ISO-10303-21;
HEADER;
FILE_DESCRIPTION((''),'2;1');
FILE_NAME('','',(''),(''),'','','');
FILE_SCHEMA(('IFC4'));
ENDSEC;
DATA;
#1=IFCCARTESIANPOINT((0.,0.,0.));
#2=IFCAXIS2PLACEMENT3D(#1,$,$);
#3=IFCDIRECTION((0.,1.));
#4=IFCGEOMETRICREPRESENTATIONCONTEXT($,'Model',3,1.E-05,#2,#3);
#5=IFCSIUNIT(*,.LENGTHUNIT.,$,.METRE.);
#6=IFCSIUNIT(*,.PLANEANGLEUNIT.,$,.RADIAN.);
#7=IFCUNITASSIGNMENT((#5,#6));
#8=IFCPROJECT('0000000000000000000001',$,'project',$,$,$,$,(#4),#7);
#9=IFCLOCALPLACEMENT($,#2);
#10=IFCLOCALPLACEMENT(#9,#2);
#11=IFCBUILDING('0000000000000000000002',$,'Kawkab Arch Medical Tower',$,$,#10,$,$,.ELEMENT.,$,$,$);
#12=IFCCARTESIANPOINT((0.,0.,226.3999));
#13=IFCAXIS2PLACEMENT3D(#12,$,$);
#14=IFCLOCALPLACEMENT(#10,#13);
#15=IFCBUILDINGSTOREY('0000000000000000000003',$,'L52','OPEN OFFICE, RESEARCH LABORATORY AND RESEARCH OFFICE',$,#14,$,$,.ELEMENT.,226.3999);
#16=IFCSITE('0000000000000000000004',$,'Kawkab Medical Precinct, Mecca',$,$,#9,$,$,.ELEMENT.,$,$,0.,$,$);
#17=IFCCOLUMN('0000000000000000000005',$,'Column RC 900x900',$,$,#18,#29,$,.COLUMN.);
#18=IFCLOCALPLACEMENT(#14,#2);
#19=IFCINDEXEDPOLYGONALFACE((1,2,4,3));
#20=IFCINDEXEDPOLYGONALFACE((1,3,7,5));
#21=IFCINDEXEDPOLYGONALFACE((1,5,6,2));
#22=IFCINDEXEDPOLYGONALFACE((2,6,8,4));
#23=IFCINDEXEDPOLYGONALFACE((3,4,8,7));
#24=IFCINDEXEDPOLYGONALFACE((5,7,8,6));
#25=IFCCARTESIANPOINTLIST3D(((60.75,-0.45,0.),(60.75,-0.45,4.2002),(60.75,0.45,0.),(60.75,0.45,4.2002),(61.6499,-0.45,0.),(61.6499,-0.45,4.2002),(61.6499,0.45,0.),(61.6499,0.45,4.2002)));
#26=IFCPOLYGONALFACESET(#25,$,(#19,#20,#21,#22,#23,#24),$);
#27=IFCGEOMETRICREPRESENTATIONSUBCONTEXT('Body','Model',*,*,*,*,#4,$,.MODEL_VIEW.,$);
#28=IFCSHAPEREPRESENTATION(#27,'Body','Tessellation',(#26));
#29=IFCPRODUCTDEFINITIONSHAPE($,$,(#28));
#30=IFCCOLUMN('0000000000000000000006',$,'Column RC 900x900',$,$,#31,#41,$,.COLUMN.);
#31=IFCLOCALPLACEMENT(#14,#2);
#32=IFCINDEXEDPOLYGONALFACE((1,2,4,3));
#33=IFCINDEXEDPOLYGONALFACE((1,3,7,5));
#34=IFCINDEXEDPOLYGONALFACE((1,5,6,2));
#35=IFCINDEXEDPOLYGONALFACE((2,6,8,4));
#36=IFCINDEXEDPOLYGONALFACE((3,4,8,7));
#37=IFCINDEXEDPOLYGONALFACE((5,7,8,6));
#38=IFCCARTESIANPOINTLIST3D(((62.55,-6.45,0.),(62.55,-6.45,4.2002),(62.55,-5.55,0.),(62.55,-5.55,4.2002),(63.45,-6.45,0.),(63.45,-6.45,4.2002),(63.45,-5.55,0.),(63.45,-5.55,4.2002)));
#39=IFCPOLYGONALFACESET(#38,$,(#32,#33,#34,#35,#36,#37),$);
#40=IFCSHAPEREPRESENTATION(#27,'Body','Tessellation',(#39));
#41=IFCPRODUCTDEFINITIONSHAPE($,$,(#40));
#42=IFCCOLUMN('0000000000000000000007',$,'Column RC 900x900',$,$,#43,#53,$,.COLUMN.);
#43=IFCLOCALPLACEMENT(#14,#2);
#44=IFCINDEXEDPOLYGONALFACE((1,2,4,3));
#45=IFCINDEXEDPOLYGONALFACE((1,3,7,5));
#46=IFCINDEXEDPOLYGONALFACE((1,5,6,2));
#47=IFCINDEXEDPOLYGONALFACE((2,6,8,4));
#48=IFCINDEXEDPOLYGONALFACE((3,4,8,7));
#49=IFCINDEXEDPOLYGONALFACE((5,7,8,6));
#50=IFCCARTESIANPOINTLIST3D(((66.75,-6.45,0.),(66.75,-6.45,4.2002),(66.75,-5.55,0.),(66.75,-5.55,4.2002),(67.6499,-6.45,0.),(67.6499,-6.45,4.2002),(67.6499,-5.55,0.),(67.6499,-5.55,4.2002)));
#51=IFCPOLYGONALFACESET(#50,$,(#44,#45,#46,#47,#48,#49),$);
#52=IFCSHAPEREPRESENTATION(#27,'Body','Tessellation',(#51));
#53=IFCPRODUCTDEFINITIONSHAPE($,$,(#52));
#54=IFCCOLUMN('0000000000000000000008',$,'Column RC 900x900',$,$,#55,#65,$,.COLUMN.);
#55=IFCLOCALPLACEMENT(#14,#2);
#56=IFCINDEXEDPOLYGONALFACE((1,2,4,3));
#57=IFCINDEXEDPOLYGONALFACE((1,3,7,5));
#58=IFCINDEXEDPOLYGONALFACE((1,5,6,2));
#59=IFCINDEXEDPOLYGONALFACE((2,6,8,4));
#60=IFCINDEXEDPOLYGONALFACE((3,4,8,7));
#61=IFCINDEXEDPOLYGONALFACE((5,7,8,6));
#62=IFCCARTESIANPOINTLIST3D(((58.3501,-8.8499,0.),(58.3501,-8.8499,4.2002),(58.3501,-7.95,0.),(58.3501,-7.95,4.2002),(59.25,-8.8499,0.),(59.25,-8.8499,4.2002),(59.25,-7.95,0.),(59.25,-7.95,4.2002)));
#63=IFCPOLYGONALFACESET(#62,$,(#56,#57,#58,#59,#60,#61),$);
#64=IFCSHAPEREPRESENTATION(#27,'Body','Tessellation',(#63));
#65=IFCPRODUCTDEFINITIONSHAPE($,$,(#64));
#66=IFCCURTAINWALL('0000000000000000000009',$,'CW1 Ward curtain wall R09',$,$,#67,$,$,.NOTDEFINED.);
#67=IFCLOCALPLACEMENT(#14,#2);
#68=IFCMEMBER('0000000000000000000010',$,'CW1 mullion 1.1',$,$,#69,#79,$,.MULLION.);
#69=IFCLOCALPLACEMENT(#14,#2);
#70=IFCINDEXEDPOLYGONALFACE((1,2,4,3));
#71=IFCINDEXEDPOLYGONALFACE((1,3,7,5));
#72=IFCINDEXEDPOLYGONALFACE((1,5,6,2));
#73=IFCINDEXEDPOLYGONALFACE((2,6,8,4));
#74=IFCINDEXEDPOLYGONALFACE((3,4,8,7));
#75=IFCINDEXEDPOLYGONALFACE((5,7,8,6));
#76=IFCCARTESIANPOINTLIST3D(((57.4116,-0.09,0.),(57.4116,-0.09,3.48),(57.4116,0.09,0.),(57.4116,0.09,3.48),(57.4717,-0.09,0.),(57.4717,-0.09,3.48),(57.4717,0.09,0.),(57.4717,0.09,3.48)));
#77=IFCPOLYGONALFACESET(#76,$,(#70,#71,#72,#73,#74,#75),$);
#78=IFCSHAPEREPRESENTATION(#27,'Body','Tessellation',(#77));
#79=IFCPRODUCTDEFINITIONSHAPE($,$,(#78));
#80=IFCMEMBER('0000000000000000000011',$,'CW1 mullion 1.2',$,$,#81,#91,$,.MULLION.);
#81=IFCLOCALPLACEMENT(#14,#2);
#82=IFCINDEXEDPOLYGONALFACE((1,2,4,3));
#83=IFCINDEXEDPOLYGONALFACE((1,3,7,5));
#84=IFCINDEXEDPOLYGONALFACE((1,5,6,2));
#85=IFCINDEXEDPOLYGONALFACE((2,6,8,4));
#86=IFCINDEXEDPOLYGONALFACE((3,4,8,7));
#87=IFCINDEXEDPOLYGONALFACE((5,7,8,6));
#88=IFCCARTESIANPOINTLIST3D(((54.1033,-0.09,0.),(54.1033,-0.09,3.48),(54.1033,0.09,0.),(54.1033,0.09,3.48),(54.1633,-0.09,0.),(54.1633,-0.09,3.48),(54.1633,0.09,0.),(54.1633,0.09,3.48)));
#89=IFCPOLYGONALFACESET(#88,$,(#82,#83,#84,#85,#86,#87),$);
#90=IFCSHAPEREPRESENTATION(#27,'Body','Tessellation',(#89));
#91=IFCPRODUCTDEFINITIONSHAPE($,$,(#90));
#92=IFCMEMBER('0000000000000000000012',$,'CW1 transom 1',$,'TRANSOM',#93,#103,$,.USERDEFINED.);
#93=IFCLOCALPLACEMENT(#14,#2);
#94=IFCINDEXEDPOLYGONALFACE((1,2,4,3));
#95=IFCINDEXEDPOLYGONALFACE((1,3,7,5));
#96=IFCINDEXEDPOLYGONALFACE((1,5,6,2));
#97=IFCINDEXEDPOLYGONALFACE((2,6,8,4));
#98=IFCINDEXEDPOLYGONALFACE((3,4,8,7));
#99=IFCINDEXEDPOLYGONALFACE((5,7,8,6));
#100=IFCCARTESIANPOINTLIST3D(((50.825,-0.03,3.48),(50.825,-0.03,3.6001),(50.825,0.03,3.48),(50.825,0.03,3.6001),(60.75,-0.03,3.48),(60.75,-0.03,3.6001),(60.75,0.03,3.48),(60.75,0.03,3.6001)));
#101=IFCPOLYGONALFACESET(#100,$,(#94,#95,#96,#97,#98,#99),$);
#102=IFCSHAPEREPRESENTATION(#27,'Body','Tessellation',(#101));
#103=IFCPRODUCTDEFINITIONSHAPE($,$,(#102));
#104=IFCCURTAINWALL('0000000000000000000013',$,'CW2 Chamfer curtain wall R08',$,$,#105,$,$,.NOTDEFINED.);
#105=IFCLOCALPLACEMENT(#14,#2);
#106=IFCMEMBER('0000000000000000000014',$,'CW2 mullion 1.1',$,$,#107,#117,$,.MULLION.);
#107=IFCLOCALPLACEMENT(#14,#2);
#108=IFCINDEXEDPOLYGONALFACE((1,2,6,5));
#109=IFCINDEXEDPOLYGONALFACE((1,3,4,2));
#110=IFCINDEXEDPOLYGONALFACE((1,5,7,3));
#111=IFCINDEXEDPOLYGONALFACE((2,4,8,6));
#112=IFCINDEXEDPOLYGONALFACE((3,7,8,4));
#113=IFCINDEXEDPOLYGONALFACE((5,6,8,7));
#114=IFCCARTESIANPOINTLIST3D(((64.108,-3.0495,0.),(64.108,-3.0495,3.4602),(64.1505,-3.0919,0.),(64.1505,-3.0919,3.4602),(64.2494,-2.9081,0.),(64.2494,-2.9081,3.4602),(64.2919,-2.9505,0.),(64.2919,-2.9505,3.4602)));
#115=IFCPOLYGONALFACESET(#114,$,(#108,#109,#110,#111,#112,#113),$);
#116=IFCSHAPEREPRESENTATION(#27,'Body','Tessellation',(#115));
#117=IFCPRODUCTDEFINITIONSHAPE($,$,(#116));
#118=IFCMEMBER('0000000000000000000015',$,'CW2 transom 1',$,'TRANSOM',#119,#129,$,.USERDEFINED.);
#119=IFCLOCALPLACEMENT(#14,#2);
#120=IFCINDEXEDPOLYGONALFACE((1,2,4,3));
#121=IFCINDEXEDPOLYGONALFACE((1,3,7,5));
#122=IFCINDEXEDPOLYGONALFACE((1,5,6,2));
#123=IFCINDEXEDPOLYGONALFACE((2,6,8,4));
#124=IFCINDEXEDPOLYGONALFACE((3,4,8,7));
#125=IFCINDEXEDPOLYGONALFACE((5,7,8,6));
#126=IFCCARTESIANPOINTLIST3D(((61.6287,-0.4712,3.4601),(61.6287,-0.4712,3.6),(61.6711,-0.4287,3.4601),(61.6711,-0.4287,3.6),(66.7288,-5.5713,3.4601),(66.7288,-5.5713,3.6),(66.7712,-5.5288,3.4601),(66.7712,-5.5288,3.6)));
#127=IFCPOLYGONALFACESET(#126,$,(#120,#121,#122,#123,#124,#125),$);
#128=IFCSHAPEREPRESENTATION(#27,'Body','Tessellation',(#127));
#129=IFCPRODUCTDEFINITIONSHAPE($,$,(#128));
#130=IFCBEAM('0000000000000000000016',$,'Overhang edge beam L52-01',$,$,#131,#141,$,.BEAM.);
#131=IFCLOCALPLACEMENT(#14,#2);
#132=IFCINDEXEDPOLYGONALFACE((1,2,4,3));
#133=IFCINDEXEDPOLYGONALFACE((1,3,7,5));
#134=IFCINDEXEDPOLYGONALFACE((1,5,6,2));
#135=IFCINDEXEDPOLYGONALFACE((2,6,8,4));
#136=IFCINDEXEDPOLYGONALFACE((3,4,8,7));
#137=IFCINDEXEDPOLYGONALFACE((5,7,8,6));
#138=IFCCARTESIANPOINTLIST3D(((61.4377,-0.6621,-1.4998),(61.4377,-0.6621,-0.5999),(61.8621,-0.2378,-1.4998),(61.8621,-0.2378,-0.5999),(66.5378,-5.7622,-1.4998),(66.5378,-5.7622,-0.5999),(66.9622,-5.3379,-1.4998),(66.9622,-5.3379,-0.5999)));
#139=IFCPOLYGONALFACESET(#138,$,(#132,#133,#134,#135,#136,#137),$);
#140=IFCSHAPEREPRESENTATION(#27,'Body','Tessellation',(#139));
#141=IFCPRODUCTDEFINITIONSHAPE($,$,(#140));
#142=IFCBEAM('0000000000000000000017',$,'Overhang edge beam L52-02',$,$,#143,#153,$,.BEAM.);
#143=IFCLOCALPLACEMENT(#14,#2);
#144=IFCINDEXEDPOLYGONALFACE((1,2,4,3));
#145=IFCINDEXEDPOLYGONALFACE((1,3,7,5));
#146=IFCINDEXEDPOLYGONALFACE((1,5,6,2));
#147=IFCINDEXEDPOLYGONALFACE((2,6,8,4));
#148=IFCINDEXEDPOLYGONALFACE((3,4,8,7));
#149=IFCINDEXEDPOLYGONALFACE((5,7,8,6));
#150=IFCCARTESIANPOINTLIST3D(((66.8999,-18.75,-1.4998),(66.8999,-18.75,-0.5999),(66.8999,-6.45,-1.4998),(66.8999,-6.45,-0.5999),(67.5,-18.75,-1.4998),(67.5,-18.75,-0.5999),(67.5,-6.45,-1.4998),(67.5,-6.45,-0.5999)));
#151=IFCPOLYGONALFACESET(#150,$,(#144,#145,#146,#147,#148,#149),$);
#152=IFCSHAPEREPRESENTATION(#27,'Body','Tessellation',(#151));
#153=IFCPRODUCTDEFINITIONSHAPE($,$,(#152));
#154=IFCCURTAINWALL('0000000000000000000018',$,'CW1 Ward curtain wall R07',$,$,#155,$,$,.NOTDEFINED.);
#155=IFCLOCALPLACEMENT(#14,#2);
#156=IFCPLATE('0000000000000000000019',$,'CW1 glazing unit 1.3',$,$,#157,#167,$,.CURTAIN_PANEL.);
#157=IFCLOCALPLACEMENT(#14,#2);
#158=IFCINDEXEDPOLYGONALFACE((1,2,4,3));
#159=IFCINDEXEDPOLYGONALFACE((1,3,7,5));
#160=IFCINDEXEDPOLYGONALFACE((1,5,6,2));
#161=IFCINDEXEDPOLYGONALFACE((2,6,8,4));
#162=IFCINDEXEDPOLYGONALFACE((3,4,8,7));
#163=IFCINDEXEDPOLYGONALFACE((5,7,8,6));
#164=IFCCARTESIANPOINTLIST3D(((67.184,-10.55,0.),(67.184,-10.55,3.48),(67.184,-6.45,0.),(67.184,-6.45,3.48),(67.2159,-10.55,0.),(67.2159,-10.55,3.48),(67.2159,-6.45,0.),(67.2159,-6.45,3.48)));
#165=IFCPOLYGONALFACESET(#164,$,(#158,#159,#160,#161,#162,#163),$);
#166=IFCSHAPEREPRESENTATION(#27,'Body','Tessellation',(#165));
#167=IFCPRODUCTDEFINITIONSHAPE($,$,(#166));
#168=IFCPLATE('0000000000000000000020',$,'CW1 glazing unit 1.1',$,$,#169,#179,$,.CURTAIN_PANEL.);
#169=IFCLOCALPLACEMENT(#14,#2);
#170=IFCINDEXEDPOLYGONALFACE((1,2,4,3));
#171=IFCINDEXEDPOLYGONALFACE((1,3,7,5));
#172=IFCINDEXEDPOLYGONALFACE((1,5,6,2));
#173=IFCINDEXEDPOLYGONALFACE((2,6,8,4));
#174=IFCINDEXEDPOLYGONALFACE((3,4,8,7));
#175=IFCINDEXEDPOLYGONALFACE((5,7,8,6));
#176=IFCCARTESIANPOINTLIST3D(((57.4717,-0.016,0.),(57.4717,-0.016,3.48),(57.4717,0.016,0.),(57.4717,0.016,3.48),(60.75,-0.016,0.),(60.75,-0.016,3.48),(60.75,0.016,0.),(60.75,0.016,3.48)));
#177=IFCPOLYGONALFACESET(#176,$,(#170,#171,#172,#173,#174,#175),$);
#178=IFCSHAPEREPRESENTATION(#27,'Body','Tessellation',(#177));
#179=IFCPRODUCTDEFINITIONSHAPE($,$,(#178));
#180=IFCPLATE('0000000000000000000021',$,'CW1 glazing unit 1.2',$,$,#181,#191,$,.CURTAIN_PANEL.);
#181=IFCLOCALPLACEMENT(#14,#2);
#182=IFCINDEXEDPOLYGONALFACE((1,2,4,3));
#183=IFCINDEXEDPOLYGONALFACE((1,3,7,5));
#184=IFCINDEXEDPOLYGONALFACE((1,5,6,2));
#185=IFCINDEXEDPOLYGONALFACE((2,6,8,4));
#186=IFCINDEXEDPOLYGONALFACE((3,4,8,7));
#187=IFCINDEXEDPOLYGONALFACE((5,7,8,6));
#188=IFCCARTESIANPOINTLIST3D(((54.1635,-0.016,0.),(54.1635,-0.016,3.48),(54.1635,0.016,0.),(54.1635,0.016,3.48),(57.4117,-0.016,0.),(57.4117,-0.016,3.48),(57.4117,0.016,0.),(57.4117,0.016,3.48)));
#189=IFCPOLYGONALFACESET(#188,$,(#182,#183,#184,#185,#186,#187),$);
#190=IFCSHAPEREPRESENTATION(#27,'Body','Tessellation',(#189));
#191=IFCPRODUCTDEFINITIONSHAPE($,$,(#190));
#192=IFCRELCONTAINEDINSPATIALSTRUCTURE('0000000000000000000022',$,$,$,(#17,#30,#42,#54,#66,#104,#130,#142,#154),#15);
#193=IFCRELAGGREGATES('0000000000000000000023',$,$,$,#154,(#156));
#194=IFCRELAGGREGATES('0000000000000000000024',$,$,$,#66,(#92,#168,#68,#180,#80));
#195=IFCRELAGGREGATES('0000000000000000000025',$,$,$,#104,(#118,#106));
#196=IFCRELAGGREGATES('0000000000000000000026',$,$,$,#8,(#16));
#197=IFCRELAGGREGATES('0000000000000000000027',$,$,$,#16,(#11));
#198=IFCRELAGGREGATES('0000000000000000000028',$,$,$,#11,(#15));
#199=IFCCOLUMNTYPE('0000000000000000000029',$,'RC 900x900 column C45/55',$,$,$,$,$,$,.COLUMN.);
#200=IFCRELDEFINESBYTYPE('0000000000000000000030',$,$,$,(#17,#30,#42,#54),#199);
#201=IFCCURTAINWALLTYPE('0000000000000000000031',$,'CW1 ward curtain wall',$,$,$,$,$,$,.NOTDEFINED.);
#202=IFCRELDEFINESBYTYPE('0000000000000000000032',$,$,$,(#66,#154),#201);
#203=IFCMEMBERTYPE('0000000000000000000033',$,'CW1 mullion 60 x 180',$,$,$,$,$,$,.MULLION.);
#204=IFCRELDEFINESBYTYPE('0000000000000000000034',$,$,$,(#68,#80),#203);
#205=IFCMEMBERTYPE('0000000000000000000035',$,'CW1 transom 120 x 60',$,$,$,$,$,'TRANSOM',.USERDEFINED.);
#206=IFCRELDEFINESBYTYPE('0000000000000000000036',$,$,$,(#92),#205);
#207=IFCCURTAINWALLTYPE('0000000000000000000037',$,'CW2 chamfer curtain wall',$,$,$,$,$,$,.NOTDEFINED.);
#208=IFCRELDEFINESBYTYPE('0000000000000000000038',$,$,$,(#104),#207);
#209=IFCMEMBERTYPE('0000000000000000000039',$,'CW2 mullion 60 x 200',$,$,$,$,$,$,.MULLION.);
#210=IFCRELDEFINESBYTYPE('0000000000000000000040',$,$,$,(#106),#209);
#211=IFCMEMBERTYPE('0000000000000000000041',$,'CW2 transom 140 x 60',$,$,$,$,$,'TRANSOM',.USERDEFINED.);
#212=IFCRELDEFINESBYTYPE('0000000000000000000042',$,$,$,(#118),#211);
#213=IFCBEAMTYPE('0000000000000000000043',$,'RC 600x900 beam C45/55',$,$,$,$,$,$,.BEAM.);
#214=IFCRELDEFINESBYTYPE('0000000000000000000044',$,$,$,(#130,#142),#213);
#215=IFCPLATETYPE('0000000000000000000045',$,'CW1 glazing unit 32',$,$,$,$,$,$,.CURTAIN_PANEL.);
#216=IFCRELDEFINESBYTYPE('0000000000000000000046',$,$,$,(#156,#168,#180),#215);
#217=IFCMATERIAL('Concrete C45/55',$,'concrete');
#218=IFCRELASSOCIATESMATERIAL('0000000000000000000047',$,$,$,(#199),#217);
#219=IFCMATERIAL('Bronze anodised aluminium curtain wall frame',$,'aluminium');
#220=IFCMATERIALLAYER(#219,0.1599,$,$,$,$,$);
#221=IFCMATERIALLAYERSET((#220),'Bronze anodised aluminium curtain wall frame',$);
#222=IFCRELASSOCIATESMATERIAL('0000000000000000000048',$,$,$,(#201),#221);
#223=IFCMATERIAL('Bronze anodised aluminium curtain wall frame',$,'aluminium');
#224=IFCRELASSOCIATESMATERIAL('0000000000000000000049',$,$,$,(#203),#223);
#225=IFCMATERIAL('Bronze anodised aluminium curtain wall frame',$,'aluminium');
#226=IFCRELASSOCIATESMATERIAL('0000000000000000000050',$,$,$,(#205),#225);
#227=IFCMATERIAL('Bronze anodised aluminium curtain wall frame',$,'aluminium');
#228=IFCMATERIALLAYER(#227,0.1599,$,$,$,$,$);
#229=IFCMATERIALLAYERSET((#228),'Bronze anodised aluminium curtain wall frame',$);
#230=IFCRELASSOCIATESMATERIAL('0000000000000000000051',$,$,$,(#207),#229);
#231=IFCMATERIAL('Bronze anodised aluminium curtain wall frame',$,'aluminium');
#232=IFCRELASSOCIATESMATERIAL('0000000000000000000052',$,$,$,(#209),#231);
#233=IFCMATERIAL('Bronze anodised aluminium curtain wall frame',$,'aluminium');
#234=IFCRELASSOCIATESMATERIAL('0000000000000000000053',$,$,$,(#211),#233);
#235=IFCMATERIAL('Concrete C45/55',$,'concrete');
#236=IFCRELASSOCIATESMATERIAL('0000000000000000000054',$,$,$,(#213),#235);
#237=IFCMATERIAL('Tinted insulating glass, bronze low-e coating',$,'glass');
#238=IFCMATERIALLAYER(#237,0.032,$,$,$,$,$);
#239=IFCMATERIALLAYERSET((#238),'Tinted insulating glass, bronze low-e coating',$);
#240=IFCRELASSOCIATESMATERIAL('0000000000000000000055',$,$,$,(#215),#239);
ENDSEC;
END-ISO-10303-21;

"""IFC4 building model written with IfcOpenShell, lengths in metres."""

from ifc_helpers import new_model, si_unit, direction, frame, origin, origin_2d, place, context, subcontext, project, spatial, rectangle, extrude, material, layer, layer_set, material_profile, profile_set, type_object, element, aggregate, save


model = new_model("IFC4")

# Units and contexts
model_context = context("Model", 3, precision=1e-05, world=origin(), true_north=direction((0.0, 1.0)))
body_context = subcontext(model_context, "Body", "Model", "MODEL_VIEW")
ifc_project = project(units=[si_unit("LENGTHUNIT", "METRE"), si_unit("PLANEANGLEUNIT", "RADIAN")], contexts=[model_context])

# Site, building, storey
site_placement = place(None, origin())
site = spatial("IfcSite", under=ifc_project, at=site_placement, Name="Kawkab Medical Precinct, Mecca", CompositionType="ELEMENT", RefElevation=0.0)
building_placement = place(site_placement, origin())
building = spatial("IfcBuilding", under=site, at=building_placement, Name="Kawkab Arch Medical Tower", CompositionType="ELEMENT")
storey_placement = place(building_placement, frame((0.0, 0.0, 226.3999)))
storey = spatial("IfcBuildingStorey", under=building, at=storey_placement, Name="L52", Description="OPEN OFFICE, RESEARCH LABORATORY AND RESEARCH OFFICE", CompositionType="ELEMENT", Elevation=226.3999)

# Columns
ifc_material_1 = material(Name="Concrete C45/55", Category="concrete")
ifc_material_profile_1 = material_profile(ifc_material_1, rectangle(XDim=0.8999, YDim=0.8999, at=origin_2d()), Name="RC 900x900")
ifc_profile_set_1 = profile_set([ifc_material_profile_1], Name="Concrete C45/55")
column_type = type_object("IfcColumnType", Name="RC 900x900 column C45/55", PredefinedType="COLUMN", material=ifc_profile_set_1)
for number, where, z_axis, x_axis, name in (
    (1, (61.2, 0.0, 0.0), (0.0, 0.0, 1.0), (1.0, 0.0, 0.0), "Column RC 900x900"),
    (2, (63.0, -6.0, 0.0), (0.0, 0.0, 1.0), (1.0, 0.0, 0.0), "Column RC 900x900"),
    (3, (67.2, -6.0, 0.0), (0.0, 0.0, 1.0), (1.0, 0.0, 0.0), "Column RC 900x900"),
    (4, (58.8, -8.3999, 0.0), (0.0, 0.0, 1.0), (1.0, 0.0, 0.0), "Column RC 900x900"),
):
    element("IfcColumn", number, at=place(storey_placement, frame(where, z_axis=z_axis, x_axis=x_axis)), inside=storey, type_object=column_type, Name=name, PredefinedType="COLUMN", context=body_context, shape_type="SweptSolid", body=[
        extrude(rectangle(XDim=0.8999, YDim=0.8999, at=origin_2d()), origin(), (0.0, 0.0, 1.0), 4.2002),
    ])

# Curtain walls, members
ifc_material_2 = material(Name="Bronze anodised aluminium curtain wall frame", Category="aluminium")
ifc_layer_1 = layer(ifc_material_2, 0.1599)
ifc_layer_set_1 = layer_set([ifc_layer_1], Name="Bronze anodised aluminium curtain wall frame")
curtain_wall_type_1 = type_object("IfcCurtainWallType", Name="CW1 ward curtain wall", PredefinedType="NOTDEFINED", material=ifc_layer_set_1)
placement = place(storey_placement, origin())
curtain_wall_1 = element("IfcCurtainWall", 5, at=placement, inside=storey, type_object=curtain_wall_type_1, Name="CW1 Ward curtain wall R09", PredefinedType="NOTDEFINED")
ifc_material_3 = material(Name="Bronze anodised aluminium curtain wall frame", Category="aluminium")
ifc_material_profile_2 = material_profile(ifc_material_3, rectangle(XDim=0.1799, YDim=0.0601, at=origin_2d()), Name="AL 60x180")
ifc_profile_set_2 = profile_set([ifc_material_profile_2], Name="Bronze anodised aluminium curtain wall frame")
member_type_1 = type_object("IfcMemberType", Name="CW1 mullion 60 x 180", PredefinedType="MULLION", material=ifc_profile_set_2)
member_1_placement = place(storey_placement, frame((57.4417, 0.0, 0.0), z_axis=(0.0, 0.0, 1.0), x_axis=(0.0, -1.0, 0.0)))
member_1 = element("IfcMember", 6, at=member_1_placement, type_object=member_type_1, Name="CW1 mullion 1.1", PredefinedType="MULLION", context=body_context, shape_type="SweptSolid", body=[
    extrude(rectangle(XDim=0.1799, YDim=0.0601, at=origin_2d()), origin(), (0.0, 0.0, 1.0), 3.48),
])
member_2_placement = place(storey_placement, frame((54.1333, 0.0, 0.0), z_axis=(0.0, 0.0, 1.0), x_axis=(0.0, -1.0, 0.0)))
member_2 = element("IfcMember", 7, at=member_2_placement, type_object=member_type_1, Name="CW1 mullion 1.2", PredefinedType="MULLION", context=body_context, shape_type="SweptSolid", body=[
    extrude(rectangle(XDim=0.1799, YDim=0.0601, at=origin_2d()), origin(), (0.0, 0.0, 1.0), 3.48),
])
ifc_material_4 = material(Name="Bronze anodised aluminium curtain wall frame", Category="aluminium")
ifc_material_profile_3 = material_profile(ifc_material_4, rectangle(XDim=0.0601, YDim=0.1201, at=origin_2d()), Name="AL 60x120")
ifc_profile_set_3 = profile_set([ifc_material_profile_3], Name="Bronze anodised aluminium curtain wall frame")
member_type_2 = type_object("IfcMemberType", Name="CW1 transom 120 x 60", ElementType="TRANSOM", PredefinedType="USERDEFINED", material=ifc_profile_set_3)
member_3_placement = place(storey_placement, frame((60.75, 0.0, 3.54), z_axis=(-1.0, 0.0, 0.0), x_axis=(0.0, -1.0, 0.0)))
member_3 = element("IfcMember", 8, at=member_3_placement, type_object=member_type_2, Name="CW1 transom 1", ObjectType="TRANSOM", PredefinedType="USERDEFINED", context=body_context, shape_type="SweptSolid", body=[
    extrude(rectangle(XDim=0.0601, YDim=0.1201, at=origin_2d()), origin(), (0.0, 0.0, 1.0), 9.925),
])
ifc_material_5 = material(Name="Bronze anodised aluminium curtain wall frame", Category="aluminium")
ifc_layer_2 = layer(ifc_material_5, 0.1599)
ifc_layer_set_2 = layer_set([ifc_layer_2], Name="Bronze anodised aluminium curtain wall frame")
curtain_wall_type_2 = type_object("IfcCurtainWallType", Name="CW2 chamfer curtain wall", PredefinedType="NOTDEFINED", material=ifc_layer_set_2)
curtain_wall_2 = element("IfcCurtainWall", 9, at=placement, inside=storey, type_object=curtain_wall_type_2, Name="CW2 Chamfer curtain wall R08", PredefinedType="NOTDEFINED")
ifc_material_6 = material(Name="Bronze anodised aluminium curtain wall frame", Category="aluminium")
ifc_material_profile_4 = material_profile(ifc_material_6, rectangle(XDim=0.2, YDim=0.0601, at=origin_2d()), Name="AL 60x200")
ifc_profile_set_4 = profile_set([ifc_material_profile_4], Name="Bronze anodised aluminium curtain wall frame")
member_type_3 = type_object("IfcMemberType", Name="CW2 mullion 60 x 200", PredefinedType="MULLION", material=ifc_profile_set_4)
member_4_placement = place(storey_placement, frame((64.2, -3.0, 0.0), z_axis=(0.0, 0.0, 1.0), x_axis=(-0.707107, -0.707107, 0.0)))
member_4 = element("IfcMember", 10, at=member_4_placement, type_object=member_type_3, Name="CW2 mullion 1.1", PredefinedType="MULLION", context=body_context, shape_type="SweptSolid", body=[
    extrude(rectangle(XDim=0.2, YDim=0.0601, at=origin_2d()), origin(), (0.0, 0.0, 1.0), 3.4602),
])
ifc_material_7 = material(Name="Bronze anodised aluminium curtain wall frame", Category="aluminium")
ifc_material_profile_5 = material_profile(ifc_material_7, rectangle(XDim=0.0601, YDim=0.1399, at=origin_2d()), Name="AL 60x140")
ifc_profile_set_5 = profile_set([ifc_material_profile_5], Name="Bronze anodised aluminium curtain wall frame")
member_type_4 = type_object("IfcMemberType", Name="CW2 transom 140 x 60", ElementType="TRANSOM", PredefinedType="USERDEFINED", material=ifc_profile_set_5)
member_5_placement = place(storey_placement, frame((66.75, -5.55, 3.53), z_axis=(-0.707107, 0.707107, 0.0), x_axis=(-0.707107, -0.707107, 0.0)))
member_5 = element("IfcMember", 11, at=member_5_placement, type_object=member_type_4, Name="CW2 transom 1", ObjectType="TRANSOM", PredefinedType="USERDEFINED", context=body_context, shape_type="SweptSolid", body=[
    extrude(rectangle(XDim=0.0601, YDim=0.1399, at=origin_2d()), origin(), (0.0, 0.0, 1.0), 7.2126),
])

# Beams
ifc_material_8 = material(Name="Concrete C45/55", Category="concrete")
ifc_material_profile_6 = material_profile(ifc_material_8, rectangle(XDim=0.6001, YDim=0.8999, at=origin_2d()), Name="RC 600x900")
ifc_profile_set_6 = profile_set([ifc_material_profile_6], Name="Concrete C45/55")
beam_type = type_object("IfcBeamType", Name="RC 600x900 beam C45/55", PredefinedType="BEAM", material=ifc_profile_set_6)
beam_1_placement = place(storey_placement, frame((61.6499, -0.45, -1.0498), z_axis=(0.707107, -0.707107, 0.0), x_axis=(0.707107, 0.707107, 0.0)))
element("IfcBeam", 12, at=beam_1_placement, inside=storey, type_object=beam_type, Name="Overhang edge beam L52-01", PredefinedType="BEAM", context=body_context, shape_type="SweptSolid", body=[
    extrude(rectangle(XDim=0.6001, YDim=0.8999, at=origin_2d()), origin(), (0.0, 0.0, 1.0), 7.2126),
])
beam_2_placement = place(storey_placement, frame((67.2, -6.45, -1.0498), z_axis=(0.0, -1.0, 0.0), x_axis=(1.0, 0.0, 0.0)))
element("IfcBeam", 13, at=beam_2_placement, inside=storey, type_object=beam_type, Name="Overhang edge beam L52-02", PredefinedType="BEAM", context=body_context, shape_type="SweptSolid", body=[
    extrude(rectangle(XDim=0.6001, YDim=0.8999, at=origin_2d()), origin(), (0.0, 0.0, 1.0), 12.3),
])

# Curtain wall, plate
curtain_wall_3 = element("IfcCurtainWall", 14, at=placement, inside=storey, type_object=curtain_wall_type_1, Name="CW1 Ward curtain wall R07", PredefinedType="NOTDEFINED")
ifc_material_9 = material(Name="Tinted insulating glass, bronze low-e coating", Category="glass")
ifc_layer_3 = layer(ifc_material_9, 0.032)
ifc_layer_set_3 = layer_set([ifc_layer_3], Name="Tinted insulating glass, bronze low-e coating")
plate_type_1 = type_object("IfcPlateType", Name="CW1 glazing unit 32", PredefinedType="CURTAIN_PANEL", material=ifc_layer_set_3)
plate_1_placement = place(storey_placement, frame((67.2, -8.5, 0.0), z_axis=(0.0, 0.0, 1.0), x_axis=(0.0, 1.0, 0.0)))
plate_1 = element("IfcPlate", 15, at=plate_1_placement, type_object=plate_type_1, Name="CW1 glazing unit 1.3", PredefinedType="CURTAIN_PANEL", context=body_context, shape_type="SweptSolid", body=[
    extrude(rectangle(XDim=4.1001, YDim=0.032, at=origin_2d()), origin(), (0.0, 0.0, 1.0), 3.48),
])
aggregate(curtain_wall_3, [plate_1])

# Plates
plate_2_placement = place(storey_placement, frame((59.1108, 0.0, 0.0), z_axis=(0.0, 0.0, 1.0), x_axis=(-1.0, 0.0, 0.0)))
plate_2 = element("IfcPlate", 16, at=plate_2_placement, type_object=plate_type_1, Name="CW1 glazing unit 1.1", PredefinedType="CURTAIN_PANEL", context=body_context, shape_type="SweptSolid", body=[
    extrude(rectangle(XDim=3.2783, YDim=0.032, at=origin_2d()), origin(), (0.0, 0.0, 1.0), 3.48),
])
plate_3_placement = place(storey_placement, frame((55.7876, 0.0, 0.0), z_axis=(0.0, 0.0, 1.0), x_axis=(-1.0, 0.0, 0.0)))
plate_3 = element("IfcPlate", 17, at=plate_3_placement, type_object=plate_type_1, Name="CW1 glazing unit 1.2", PredefinedType="CURTAIN_PANEL", context=body_context, shape_type="SweptSolid", body=[
    extrude(rectangle(XDim=3.2483, YDim=0.032, at=origin_2d()), origin(), (0.0, 0.0, 1.0), 3.48),
])
aggregate(curtain_wall_1, [member_3, plate_2, member_1, plate_3, member_2])
aggregate(curtain_wall_2, [member_5, member_4])

save(model, "model.ifc")
